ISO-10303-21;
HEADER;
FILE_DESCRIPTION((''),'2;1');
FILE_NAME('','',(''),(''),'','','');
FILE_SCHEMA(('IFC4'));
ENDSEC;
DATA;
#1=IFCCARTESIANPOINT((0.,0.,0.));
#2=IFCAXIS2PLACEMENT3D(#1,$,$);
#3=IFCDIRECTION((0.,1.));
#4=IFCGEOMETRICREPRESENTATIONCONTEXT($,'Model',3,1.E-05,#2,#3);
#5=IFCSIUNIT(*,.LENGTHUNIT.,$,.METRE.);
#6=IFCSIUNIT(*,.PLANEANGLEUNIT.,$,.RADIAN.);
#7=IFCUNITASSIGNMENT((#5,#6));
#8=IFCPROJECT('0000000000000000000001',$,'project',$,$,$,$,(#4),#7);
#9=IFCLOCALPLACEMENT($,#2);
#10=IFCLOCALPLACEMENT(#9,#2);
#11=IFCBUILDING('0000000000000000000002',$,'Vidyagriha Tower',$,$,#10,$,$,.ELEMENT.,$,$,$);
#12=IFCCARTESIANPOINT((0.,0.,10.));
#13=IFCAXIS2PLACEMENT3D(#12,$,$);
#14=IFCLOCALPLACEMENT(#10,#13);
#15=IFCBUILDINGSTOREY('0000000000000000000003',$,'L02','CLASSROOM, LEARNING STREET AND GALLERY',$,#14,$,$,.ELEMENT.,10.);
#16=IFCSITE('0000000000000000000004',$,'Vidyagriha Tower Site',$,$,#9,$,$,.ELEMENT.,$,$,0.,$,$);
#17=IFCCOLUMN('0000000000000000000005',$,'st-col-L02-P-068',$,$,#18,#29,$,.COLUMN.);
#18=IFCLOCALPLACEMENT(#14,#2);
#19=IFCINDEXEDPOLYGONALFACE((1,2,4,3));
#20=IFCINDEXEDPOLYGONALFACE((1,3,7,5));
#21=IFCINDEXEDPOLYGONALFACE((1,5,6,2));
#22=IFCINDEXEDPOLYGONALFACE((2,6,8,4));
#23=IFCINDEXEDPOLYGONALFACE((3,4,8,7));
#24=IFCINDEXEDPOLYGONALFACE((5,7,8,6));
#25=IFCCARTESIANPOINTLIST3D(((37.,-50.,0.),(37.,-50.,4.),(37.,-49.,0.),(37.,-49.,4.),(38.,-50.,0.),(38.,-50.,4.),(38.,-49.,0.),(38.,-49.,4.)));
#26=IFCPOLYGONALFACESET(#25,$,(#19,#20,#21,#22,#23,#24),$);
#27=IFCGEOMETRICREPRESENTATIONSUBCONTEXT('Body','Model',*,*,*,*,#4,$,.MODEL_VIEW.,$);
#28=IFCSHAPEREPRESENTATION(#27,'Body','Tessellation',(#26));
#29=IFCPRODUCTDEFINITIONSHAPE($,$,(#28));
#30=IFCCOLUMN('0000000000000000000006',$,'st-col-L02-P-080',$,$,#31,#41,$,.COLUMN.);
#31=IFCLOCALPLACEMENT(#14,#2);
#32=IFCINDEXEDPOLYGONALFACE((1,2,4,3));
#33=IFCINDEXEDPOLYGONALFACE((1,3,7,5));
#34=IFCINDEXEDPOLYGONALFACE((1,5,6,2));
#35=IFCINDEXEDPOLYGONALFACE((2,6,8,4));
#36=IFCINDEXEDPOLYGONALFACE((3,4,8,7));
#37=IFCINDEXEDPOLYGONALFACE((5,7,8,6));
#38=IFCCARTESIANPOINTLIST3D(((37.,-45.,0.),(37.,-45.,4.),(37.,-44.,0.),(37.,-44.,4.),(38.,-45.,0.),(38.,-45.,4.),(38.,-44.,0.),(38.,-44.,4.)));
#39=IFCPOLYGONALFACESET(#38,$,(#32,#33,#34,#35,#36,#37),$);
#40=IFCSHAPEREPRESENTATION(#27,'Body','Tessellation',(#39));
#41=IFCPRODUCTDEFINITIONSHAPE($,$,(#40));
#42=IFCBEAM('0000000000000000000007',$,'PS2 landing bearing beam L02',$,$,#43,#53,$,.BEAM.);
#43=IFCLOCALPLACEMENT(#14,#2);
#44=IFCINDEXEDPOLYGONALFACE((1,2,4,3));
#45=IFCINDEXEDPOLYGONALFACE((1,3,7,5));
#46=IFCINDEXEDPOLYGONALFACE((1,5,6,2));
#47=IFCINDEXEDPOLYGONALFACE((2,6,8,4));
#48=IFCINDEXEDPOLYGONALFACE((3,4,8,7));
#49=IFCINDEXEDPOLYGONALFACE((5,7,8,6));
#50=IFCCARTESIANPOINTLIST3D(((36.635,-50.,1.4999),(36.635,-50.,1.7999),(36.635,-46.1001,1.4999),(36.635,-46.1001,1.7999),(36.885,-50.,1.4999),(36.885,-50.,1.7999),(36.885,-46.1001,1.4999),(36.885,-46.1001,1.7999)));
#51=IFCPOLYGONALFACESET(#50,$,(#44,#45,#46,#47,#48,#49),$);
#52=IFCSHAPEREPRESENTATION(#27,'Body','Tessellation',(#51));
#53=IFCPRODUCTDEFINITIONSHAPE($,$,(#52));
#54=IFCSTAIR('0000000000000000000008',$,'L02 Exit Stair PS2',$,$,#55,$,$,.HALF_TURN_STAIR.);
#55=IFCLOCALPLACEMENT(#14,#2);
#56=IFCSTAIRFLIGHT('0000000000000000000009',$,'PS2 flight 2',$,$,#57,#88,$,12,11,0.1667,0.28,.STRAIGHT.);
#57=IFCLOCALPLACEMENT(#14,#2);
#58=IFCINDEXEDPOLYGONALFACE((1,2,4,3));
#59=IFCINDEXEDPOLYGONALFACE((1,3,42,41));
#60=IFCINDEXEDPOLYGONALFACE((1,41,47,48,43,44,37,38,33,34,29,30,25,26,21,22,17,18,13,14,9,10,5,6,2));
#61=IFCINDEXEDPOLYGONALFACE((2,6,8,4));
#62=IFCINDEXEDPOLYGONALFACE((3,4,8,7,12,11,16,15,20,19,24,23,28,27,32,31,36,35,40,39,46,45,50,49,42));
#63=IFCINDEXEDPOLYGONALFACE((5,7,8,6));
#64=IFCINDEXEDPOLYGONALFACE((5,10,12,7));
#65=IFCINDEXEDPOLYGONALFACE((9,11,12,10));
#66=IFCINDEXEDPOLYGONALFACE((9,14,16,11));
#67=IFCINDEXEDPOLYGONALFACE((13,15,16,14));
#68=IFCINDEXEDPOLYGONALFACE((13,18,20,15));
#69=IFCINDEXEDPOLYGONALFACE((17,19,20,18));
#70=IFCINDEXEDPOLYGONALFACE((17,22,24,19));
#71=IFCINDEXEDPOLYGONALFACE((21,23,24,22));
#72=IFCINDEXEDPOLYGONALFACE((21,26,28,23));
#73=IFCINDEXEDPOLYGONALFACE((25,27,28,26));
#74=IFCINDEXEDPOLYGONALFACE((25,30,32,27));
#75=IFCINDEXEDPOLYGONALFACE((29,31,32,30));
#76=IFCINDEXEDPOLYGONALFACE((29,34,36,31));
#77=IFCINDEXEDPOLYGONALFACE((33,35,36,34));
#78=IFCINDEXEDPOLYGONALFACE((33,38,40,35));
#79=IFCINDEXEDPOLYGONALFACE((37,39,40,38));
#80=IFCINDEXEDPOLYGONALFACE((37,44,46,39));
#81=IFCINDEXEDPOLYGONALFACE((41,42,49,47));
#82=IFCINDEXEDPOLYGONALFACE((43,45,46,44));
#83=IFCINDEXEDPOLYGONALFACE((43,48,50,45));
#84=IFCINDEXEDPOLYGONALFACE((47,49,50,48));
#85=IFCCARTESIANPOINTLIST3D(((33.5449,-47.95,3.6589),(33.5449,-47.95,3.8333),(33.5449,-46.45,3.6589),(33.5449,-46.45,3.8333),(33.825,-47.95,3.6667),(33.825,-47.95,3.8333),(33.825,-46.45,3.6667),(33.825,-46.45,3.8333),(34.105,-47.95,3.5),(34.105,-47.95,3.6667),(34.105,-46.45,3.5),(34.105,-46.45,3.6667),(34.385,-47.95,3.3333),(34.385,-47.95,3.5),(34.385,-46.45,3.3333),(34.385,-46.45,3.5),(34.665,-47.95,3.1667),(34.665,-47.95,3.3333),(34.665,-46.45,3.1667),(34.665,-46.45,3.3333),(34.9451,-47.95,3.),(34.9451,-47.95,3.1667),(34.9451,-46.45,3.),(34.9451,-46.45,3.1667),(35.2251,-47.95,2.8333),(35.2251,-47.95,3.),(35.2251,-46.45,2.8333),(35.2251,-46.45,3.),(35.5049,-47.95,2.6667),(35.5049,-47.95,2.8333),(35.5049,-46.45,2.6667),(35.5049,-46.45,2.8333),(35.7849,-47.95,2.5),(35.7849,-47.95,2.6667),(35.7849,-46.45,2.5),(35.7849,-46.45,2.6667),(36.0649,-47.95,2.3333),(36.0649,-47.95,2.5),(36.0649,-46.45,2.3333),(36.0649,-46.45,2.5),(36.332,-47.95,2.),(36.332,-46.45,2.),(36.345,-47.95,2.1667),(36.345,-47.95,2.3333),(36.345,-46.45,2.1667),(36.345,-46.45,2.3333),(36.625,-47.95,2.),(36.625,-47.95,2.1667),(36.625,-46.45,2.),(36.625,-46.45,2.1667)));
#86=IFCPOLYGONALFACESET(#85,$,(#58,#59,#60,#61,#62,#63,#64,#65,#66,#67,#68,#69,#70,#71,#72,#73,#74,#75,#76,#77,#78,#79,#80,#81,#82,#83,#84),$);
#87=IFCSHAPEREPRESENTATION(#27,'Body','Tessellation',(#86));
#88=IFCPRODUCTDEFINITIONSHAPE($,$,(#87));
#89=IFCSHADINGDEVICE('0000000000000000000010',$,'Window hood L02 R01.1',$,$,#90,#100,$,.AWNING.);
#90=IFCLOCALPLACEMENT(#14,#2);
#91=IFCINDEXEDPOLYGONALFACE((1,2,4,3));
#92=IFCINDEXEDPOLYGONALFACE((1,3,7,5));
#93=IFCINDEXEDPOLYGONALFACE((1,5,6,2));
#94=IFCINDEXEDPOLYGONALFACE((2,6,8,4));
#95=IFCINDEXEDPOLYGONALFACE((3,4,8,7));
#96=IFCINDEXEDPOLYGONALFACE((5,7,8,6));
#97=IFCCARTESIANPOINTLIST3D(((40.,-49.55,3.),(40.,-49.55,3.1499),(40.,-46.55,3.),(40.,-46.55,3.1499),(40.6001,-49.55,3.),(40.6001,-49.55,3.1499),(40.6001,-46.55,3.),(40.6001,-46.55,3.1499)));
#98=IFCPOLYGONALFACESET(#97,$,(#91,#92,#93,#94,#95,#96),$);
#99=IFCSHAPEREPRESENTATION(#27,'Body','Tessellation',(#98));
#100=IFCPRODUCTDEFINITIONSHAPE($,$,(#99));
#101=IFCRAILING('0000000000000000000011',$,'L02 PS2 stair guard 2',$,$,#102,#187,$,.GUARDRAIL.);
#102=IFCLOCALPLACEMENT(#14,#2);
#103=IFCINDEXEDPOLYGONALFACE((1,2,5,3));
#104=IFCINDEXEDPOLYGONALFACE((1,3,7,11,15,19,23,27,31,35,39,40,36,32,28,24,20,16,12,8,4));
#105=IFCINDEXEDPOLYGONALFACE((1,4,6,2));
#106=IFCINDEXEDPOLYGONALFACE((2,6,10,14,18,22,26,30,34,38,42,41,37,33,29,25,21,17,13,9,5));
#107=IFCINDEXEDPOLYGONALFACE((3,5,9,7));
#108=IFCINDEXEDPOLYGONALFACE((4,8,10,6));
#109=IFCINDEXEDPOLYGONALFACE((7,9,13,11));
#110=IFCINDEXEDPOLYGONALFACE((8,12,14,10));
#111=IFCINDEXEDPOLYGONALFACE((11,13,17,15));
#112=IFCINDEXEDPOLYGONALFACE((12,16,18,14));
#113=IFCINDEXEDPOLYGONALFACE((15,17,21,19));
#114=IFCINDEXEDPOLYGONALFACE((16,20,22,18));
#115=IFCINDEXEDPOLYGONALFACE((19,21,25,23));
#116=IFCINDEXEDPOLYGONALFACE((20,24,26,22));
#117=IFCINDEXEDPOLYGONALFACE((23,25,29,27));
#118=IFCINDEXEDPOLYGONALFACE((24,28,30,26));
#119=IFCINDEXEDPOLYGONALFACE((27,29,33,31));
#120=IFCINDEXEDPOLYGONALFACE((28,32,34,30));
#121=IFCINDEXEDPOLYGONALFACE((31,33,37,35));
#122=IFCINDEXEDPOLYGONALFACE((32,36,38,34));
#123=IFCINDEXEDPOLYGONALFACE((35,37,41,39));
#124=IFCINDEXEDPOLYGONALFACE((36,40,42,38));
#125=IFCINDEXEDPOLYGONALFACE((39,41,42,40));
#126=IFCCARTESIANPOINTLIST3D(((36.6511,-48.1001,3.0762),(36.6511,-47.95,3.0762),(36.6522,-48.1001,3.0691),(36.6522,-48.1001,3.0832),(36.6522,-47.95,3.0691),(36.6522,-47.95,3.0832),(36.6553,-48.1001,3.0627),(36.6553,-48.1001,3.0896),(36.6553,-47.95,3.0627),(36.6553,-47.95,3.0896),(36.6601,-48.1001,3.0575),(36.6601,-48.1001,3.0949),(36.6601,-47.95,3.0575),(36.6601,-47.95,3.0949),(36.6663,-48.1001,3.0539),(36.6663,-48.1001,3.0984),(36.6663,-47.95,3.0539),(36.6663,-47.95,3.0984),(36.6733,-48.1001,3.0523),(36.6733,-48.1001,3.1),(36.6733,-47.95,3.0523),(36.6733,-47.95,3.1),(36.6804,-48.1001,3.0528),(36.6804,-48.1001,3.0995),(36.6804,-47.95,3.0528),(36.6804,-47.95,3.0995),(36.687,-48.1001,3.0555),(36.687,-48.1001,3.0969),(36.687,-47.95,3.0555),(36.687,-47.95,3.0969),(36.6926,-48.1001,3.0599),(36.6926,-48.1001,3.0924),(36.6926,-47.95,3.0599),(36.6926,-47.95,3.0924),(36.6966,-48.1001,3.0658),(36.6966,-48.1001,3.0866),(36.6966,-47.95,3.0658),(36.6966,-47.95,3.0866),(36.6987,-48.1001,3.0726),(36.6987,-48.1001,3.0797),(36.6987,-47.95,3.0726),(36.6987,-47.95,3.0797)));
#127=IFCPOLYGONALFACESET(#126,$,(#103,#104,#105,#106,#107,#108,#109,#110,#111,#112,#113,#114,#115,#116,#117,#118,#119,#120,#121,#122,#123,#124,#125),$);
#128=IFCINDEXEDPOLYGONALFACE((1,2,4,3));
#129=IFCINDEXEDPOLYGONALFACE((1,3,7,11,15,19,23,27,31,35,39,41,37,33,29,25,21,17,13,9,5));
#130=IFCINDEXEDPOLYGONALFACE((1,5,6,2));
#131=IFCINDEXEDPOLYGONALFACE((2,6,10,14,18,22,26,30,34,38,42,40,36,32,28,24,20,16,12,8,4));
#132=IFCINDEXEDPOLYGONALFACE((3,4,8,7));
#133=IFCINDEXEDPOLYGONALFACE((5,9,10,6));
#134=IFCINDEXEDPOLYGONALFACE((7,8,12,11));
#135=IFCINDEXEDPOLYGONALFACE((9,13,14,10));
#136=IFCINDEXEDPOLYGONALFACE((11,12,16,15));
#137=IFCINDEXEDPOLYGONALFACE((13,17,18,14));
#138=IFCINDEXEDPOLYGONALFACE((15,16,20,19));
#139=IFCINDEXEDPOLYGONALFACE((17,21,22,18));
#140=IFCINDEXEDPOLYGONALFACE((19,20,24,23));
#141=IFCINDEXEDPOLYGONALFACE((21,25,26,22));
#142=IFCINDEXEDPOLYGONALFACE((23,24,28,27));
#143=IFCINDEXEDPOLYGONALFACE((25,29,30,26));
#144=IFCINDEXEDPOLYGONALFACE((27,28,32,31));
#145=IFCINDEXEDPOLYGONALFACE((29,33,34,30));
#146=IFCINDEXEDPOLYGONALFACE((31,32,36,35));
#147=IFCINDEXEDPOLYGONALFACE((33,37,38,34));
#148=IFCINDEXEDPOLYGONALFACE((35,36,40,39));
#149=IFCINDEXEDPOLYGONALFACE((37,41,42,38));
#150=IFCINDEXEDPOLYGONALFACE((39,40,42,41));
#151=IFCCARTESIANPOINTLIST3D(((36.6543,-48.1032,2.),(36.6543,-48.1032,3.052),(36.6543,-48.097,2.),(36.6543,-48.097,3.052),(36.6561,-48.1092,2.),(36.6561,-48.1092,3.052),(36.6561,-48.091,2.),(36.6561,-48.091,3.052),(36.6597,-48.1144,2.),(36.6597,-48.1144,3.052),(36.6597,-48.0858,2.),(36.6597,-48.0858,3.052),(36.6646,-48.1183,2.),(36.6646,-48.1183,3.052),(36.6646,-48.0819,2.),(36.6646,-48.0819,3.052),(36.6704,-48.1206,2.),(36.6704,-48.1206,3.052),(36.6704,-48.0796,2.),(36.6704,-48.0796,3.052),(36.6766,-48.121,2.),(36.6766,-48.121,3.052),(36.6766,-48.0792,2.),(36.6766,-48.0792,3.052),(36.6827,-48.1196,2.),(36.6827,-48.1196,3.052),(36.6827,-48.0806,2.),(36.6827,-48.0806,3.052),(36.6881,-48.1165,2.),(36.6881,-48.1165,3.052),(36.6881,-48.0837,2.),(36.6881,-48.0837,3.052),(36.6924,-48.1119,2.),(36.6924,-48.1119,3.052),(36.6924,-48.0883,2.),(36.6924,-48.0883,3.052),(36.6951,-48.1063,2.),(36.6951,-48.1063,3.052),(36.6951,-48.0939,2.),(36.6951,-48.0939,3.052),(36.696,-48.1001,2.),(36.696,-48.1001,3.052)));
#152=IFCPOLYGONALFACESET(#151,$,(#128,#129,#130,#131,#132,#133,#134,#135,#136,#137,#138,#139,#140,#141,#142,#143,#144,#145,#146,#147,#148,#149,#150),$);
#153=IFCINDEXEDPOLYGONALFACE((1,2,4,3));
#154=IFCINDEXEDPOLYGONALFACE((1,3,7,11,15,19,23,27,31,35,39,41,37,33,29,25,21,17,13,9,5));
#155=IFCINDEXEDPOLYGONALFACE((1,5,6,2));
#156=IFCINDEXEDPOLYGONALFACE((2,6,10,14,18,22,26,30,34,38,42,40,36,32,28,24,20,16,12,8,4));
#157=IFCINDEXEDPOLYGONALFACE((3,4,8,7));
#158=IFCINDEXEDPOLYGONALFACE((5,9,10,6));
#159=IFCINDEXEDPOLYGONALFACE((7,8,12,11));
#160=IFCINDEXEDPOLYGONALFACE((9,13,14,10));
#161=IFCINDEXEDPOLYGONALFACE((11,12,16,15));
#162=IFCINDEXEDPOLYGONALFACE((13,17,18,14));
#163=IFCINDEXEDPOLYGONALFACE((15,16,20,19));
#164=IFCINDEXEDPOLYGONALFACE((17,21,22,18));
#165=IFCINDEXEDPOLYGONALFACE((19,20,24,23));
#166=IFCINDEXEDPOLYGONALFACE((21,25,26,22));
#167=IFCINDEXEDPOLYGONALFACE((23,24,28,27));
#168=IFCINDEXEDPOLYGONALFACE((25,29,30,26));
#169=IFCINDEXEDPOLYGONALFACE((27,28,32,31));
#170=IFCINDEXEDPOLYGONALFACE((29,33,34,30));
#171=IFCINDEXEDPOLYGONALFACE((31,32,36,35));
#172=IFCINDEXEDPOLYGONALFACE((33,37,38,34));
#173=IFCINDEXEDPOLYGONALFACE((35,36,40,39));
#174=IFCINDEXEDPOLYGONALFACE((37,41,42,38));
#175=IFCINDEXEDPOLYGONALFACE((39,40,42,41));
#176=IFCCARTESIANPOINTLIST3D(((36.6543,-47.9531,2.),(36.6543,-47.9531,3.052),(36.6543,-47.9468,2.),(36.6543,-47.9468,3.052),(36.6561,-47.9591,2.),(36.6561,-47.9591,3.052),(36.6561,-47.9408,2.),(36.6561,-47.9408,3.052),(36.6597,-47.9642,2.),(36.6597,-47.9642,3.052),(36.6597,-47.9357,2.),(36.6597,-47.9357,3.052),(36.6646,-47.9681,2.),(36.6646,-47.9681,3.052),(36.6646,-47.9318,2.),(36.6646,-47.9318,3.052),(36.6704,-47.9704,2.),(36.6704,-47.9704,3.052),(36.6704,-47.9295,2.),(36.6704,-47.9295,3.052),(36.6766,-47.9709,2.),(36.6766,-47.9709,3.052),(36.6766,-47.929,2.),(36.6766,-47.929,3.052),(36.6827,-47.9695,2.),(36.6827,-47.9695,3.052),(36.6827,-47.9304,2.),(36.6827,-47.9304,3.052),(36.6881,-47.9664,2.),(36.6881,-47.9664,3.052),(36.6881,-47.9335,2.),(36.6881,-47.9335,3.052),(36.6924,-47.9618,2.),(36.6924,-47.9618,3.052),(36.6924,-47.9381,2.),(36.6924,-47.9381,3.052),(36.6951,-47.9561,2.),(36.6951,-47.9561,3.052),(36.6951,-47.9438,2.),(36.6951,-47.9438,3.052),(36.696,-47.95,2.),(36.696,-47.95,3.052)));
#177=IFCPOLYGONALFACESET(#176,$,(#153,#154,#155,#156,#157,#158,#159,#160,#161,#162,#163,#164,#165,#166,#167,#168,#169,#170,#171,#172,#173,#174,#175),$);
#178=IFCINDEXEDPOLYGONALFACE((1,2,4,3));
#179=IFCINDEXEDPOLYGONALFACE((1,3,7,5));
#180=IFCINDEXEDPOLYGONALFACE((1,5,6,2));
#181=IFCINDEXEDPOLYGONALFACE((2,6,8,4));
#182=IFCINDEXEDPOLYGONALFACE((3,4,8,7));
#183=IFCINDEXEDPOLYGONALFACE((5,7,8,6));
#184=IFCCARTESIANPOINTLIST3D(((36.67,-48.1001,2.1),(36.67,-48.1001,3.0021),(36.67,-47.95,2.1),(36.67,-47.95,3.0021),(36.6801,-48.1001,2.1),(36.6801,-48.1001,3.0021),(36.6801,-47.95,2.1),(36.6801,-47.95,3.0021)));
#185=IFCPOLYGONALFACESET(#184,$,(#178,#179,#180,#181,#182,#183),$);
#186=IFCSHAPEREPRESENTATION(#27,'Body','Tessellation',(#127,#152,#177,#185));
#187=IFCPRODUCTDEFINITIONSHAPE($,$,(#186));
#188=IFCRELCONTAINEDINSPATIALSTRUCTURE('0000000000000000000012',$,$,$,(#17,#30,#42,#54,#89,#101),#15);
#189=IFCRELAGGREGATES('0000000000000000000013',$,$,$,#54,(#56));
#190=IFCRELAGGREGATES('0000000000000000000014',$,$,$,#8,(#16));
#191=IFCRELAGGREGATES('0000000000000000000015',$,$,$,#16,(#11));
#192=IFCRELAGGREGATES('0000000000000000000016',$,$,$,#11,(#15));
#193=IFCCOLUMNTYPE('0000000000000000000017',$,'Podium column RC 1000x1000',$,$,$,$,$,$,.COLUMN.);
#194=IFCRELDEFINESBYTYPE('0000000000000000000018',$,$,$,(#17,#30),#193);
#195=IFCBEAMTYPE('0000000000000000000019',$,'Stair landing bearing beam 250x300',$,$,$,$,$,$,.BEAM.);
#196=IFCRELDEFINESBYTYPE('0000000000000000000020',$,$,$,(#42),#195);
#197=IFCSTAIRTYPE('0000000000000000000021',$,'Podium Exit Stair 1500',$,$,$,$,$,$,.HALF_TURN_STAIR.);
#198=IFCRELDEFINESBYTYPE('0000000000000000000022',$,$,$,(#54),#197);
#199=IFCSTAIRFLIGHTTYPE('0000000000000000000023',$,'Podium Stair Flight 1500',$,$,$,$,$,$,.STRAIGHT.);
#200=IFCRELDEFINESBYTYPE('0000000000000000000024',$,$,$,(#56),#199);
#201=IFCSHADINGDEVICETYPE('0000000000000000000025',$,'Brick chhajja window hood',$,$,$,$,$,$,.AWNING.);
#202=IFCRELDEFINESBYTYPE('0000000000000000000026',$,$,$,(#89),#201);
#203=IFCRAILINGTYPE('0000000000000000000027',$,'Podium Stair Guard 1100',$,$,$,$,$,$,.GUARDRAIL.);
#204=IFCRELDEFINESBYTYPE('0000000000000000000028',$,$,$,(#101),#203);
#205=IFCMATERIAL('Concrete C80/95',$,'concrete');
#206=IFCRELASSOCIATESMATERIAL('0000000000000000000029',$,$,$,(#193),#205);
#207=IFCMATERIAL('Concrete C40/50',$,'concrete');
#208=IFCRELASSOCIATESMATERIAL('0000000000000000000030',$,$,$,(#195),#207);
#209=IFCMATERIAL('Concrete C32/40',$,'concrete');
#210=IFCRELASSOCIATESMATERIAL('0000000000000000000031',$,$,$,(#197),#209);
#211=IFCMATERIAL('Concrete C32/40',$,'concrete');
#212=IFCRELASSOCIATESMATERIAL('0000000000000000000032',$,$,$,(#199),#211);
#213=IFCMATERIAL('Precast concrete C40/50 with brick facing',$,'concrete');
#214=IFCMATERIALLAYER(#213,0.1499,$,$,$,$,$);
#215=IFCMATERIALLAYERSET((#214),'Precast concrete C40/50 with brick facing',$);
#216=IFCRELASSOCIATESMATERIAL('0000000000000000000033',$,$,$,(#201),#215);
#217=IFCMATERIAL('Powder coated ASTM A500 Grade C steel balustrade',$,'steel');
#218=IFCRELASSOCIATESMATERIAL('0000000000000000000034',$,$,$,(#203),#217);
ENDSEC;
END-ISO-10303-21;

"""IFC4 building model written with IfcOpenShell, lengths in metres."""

from ifc_helpers import new_model, si_unit, direction, frame, origin, origin_2d, place, context, subcontext, project, spatial, polyline, rectangle, circle, outline, extrude, material, layer, layer_set, material_profile, profile_set, type_object, element, aggregate, save


model = new_model("IFC4")

# Units and contexts
model_context = context("Model", 3, precision=1e-05, world=origin(), true_north=direction((0.0, 1.0)))
body_context = subcontext(model_context, "Body", "Model", "MODEL_VIEW")
ifc_project = project(units=[si_unit("LENGTHUNIT", "METRE"), si_unit("PLANEANGLEUNIT", "RADIAN")], contexts=[model_context])

# Site, building, storey
site_placement = place(None, origin())
site = spatial("IfcSite", under=ifc_project, at=site_placement, Name="Vidyagriha Tower Site", CompositionType="ELEMENT", RefElevation=0.0)
building_placement = place(site_placement, origin())
building = spatial("IfcBuilding", under=site, at=building_placement, Name="Vidyagriha Tower", CompositionType="ELEMENT")
storey_placement = place(building_placement, frame((0.0, 0.0, 10.0)))
storey = spatial("IfcBuildingStorey", under=building, at=storey_placement, Name="L02", Description="CLASSROOM, LEARNING STREET AND GALLERY", CompositionType="ELEMENT", Elevation=10.0)

# Columns
ifc_material_1 = material(Name="Concrete C80/95", Category="concrete")
ifc_material_profile_1 = material_profile(ifc_material_1, rectangle(XDim=1.0, YDim=1.0, at=origin_2d()), Name="RC 1000x1000")
ifc_profile_set_1 = profile_set([ifc_material_profile_1], Name="Concrete C80/95")
column_type = type_object("IfcColumnType", Name="Podium column RC 1000x1000", PredefinedType="COLUMN", material=ifc_profile_set_1)
for number, where, name in (
    (1, (37.5, -49.5, 0.0), "st-col-L02-P-068"),
    (2, (37.5, -44.5, 0.0), "st-col-L02-P-080"),
):
    element("IfcColumn", number, at=place(storey_placement, frame(where)), inside=storey, type_object=column_type, Name=name, PredefinedType="COLUMN", context=body_context, shape_type="SweptSolid", body=[
        extrude(rectangle(XDim=1.0, YDim=1.0, at=origin_2d()), origin(), (0.0, 0.0, 1.0), 4.0),
    ])

# Beam
ifc_material_2 = material(Name="Concrete C40/50", Category="concrete")
ifc_material_profile_2 = material_profile(ifc_material_2, rectangle(XDim=0.25, YDim=0.3, at=origin_2d()), Name="Stair landing bearing beam 250x300")
ifc_profile_set_2 = profile_set([ifc_material_profile_2], Name="Concrete C40/50")
beam_type = type_object("IfcBeamType", Name="Stair landing bearing beam 250x300", PredefinedType="BEAM", material=ifc_profile_set_2)
beam_placement = place(storey_placement, frame((36.76, -50.0, 1.6499), z_axis=(0.0, 1.0, 0.0), x_axis=(-1.0, 0.0, 0.0)))
element("IfcBeam", 3, at=beam_placement, inside=storey, type_object=beam_type, Name="PS2 landing bearing beam L02", PredefinedType="BEAM", context=body_context, shape_type="SweptSolid", body=[
    extrude(rectangle(XDim=0.25, YDim=0.3, at=origin_2d()), origin(), (0.0, 0.0, 1.0), 3.8999),
])

# Stair, stair flight
ifc_material_3 = material(Name="Concrete C32/40", Category="concrete")
stair_type = type_object("IfcStairType", Name="Podium Exit Stair 1500", PredefinedType="HALF_TURN_STAIR", material=ifc_material_3)
stair_placement = place(storey_placement, origin())
stair = element("IfcStair", 4, at=stair_placement, inside=storey, type_object=stair_type, Name="L02 Exit Stair PS2", PredefinedType="HALF_TURN_STAIR")
ifc_material_4 = material(Name="Concrete C32/40", Category="concrete")
stair_flight_type = type_object("IfcStairFlightType", Name="Podium Stair Flight 1500", PredefinedType="STRAIGHT", material=ifc_material_4)
stair_flight_placement = place(storey_placement, frame((36.625, -47.2, 2.0), z_axis=(0.0, 0.0, 1.0), x_axis=(-1.0, 0.0, 0.0)))
stair_flight = element("IfcStairFlight", 5, at=stair_flight_placement, type_object=stair_flight_type, Name="PS2 flight 2", NumberOfRisers=12, NumberOfTreads=11, PredefinedType="STRAIGHT", RiserHeight=0.1667, TreadLength=0.28, context=body_context, shape_type="SweptSolid", body=[
    extrude(outline(polyline([(0.0, 0.0), (0.0, 0.1667), (0.28, 0.1667), (0.28, 0.3333), (0.5601, 0.3333), (0.5601, 0.5), (0.8401, 0.5), (0.8401, 0.6667), (1.1201, 0.6667), (1.1201, 0.8333), (1.3999, 0.8333), (1.3999, 1.0), (1.6799, 1.0), (1.6799, 1.1667), (1.96, 1.1667), (1.96, 1.3333), (2.24, 1.3333), (2.24, 1.5), (2.52, 1.5), (2.52, 1.6667), (2.8, 1.6667), (2.8, 1.8333), (3.0801, 1.8333), (3.0801, 2.0), (3.0801, 1.6589), (0.293, 0.0), (0.0, 0.0)])), frame((0.0, 0.75, 0.0), z_axis=(0.0, -1.0, 0.0), x_axis=(1.0, 0.0, 0.0)), (0.0, 0.0, 1.0), 1.5),
])
aggregate(stair, [stair_flight])

# Shading device
ifc_material_5 = material(Name="Precast concrete C40/50 with brick facing", Category="concrete")
ifc_layer_1 = layer(ifc_material_5, 0.1499)
ifc_layer_set_1 = layer_set([ifc_layer_1], Name="Precast concrete C40/50 with brick facing")
shading_device_type = type_object("IfcShadingDeviceType", Name="Brick chhajja window hood", PredefinedType="AWNING", material=ifc_layer_set_1)
shading_device_placement = place(storey_placement, frame((40.3, -48.05, 3.0), z_axis=(0.0, 0.0, 1.0), x_axis=(0.0, 1.0, 0.0)))
element("IfcShadingDevice", 6, at=shading_device_placement, inside=storey, type_object=shading_device_type, Name="Window hood L02 R01.1", PredefinedType="AWNING", context=body_context, shape_type="SweptSolid", body=[
    extrude(rectangle(XDim=3.0, YDim=0.6001, at=origin_2d()), origin(), (0.0, 0.0, 1.0), 0.1499),
])

# Railing
ifc_material_6 = material(Name="Powder coated ASTM A500 Grade C steel balustrade", Category="steel")
railing_type_1 = type_object("IfcRailingType", Name="Podium Stair Guard 1100", PredefinedType="GUARDRAIL", material=ifc_material_6)
railing_1_placement = place(storey_placement, frame((36.675, -48.1001, 2.0)))
element("IfcRailing", 7, at=railing_1_placement, inside=storey, type_object=railing_type_1, Name="L02 PS2 stair guard 2", PredefinedType="GUARDRAIL", context=body_context, shape_type="SweptSolid", body=[
    extrude(circle(Radius=0.0239, at=origin_2d()), frame((0.0, 0.0, 1.0762), z_axis=(0.0, 1.0, 0.0), x_axis=(-1.0, 0.0, 0.0)), (0.0, 0.0, 1.0), 0.1501),
    extrude(circle(Radius=0.021, at=origin_2d()), origin(), (0.0, 0.0, 1.0), 1.052),
    extrude(circle(Radius=0.021, at=origin_2d()), frame((0.0, 0.1501, 0.0)), (0.0, 0.0, 1.0), 1.052),
    extrude(rectangle(XDim=0.01, YDim=0.9021, at=origin_2d()), frame((0.0, 0.0, 0.551), z_axis=(0.0, 1.0, 0.0), x_axis=(-1.0, 0.0, 0.0)), (0.0, 0.0, 1.0), 0.1501),
])

save(model, "model.ifc")
